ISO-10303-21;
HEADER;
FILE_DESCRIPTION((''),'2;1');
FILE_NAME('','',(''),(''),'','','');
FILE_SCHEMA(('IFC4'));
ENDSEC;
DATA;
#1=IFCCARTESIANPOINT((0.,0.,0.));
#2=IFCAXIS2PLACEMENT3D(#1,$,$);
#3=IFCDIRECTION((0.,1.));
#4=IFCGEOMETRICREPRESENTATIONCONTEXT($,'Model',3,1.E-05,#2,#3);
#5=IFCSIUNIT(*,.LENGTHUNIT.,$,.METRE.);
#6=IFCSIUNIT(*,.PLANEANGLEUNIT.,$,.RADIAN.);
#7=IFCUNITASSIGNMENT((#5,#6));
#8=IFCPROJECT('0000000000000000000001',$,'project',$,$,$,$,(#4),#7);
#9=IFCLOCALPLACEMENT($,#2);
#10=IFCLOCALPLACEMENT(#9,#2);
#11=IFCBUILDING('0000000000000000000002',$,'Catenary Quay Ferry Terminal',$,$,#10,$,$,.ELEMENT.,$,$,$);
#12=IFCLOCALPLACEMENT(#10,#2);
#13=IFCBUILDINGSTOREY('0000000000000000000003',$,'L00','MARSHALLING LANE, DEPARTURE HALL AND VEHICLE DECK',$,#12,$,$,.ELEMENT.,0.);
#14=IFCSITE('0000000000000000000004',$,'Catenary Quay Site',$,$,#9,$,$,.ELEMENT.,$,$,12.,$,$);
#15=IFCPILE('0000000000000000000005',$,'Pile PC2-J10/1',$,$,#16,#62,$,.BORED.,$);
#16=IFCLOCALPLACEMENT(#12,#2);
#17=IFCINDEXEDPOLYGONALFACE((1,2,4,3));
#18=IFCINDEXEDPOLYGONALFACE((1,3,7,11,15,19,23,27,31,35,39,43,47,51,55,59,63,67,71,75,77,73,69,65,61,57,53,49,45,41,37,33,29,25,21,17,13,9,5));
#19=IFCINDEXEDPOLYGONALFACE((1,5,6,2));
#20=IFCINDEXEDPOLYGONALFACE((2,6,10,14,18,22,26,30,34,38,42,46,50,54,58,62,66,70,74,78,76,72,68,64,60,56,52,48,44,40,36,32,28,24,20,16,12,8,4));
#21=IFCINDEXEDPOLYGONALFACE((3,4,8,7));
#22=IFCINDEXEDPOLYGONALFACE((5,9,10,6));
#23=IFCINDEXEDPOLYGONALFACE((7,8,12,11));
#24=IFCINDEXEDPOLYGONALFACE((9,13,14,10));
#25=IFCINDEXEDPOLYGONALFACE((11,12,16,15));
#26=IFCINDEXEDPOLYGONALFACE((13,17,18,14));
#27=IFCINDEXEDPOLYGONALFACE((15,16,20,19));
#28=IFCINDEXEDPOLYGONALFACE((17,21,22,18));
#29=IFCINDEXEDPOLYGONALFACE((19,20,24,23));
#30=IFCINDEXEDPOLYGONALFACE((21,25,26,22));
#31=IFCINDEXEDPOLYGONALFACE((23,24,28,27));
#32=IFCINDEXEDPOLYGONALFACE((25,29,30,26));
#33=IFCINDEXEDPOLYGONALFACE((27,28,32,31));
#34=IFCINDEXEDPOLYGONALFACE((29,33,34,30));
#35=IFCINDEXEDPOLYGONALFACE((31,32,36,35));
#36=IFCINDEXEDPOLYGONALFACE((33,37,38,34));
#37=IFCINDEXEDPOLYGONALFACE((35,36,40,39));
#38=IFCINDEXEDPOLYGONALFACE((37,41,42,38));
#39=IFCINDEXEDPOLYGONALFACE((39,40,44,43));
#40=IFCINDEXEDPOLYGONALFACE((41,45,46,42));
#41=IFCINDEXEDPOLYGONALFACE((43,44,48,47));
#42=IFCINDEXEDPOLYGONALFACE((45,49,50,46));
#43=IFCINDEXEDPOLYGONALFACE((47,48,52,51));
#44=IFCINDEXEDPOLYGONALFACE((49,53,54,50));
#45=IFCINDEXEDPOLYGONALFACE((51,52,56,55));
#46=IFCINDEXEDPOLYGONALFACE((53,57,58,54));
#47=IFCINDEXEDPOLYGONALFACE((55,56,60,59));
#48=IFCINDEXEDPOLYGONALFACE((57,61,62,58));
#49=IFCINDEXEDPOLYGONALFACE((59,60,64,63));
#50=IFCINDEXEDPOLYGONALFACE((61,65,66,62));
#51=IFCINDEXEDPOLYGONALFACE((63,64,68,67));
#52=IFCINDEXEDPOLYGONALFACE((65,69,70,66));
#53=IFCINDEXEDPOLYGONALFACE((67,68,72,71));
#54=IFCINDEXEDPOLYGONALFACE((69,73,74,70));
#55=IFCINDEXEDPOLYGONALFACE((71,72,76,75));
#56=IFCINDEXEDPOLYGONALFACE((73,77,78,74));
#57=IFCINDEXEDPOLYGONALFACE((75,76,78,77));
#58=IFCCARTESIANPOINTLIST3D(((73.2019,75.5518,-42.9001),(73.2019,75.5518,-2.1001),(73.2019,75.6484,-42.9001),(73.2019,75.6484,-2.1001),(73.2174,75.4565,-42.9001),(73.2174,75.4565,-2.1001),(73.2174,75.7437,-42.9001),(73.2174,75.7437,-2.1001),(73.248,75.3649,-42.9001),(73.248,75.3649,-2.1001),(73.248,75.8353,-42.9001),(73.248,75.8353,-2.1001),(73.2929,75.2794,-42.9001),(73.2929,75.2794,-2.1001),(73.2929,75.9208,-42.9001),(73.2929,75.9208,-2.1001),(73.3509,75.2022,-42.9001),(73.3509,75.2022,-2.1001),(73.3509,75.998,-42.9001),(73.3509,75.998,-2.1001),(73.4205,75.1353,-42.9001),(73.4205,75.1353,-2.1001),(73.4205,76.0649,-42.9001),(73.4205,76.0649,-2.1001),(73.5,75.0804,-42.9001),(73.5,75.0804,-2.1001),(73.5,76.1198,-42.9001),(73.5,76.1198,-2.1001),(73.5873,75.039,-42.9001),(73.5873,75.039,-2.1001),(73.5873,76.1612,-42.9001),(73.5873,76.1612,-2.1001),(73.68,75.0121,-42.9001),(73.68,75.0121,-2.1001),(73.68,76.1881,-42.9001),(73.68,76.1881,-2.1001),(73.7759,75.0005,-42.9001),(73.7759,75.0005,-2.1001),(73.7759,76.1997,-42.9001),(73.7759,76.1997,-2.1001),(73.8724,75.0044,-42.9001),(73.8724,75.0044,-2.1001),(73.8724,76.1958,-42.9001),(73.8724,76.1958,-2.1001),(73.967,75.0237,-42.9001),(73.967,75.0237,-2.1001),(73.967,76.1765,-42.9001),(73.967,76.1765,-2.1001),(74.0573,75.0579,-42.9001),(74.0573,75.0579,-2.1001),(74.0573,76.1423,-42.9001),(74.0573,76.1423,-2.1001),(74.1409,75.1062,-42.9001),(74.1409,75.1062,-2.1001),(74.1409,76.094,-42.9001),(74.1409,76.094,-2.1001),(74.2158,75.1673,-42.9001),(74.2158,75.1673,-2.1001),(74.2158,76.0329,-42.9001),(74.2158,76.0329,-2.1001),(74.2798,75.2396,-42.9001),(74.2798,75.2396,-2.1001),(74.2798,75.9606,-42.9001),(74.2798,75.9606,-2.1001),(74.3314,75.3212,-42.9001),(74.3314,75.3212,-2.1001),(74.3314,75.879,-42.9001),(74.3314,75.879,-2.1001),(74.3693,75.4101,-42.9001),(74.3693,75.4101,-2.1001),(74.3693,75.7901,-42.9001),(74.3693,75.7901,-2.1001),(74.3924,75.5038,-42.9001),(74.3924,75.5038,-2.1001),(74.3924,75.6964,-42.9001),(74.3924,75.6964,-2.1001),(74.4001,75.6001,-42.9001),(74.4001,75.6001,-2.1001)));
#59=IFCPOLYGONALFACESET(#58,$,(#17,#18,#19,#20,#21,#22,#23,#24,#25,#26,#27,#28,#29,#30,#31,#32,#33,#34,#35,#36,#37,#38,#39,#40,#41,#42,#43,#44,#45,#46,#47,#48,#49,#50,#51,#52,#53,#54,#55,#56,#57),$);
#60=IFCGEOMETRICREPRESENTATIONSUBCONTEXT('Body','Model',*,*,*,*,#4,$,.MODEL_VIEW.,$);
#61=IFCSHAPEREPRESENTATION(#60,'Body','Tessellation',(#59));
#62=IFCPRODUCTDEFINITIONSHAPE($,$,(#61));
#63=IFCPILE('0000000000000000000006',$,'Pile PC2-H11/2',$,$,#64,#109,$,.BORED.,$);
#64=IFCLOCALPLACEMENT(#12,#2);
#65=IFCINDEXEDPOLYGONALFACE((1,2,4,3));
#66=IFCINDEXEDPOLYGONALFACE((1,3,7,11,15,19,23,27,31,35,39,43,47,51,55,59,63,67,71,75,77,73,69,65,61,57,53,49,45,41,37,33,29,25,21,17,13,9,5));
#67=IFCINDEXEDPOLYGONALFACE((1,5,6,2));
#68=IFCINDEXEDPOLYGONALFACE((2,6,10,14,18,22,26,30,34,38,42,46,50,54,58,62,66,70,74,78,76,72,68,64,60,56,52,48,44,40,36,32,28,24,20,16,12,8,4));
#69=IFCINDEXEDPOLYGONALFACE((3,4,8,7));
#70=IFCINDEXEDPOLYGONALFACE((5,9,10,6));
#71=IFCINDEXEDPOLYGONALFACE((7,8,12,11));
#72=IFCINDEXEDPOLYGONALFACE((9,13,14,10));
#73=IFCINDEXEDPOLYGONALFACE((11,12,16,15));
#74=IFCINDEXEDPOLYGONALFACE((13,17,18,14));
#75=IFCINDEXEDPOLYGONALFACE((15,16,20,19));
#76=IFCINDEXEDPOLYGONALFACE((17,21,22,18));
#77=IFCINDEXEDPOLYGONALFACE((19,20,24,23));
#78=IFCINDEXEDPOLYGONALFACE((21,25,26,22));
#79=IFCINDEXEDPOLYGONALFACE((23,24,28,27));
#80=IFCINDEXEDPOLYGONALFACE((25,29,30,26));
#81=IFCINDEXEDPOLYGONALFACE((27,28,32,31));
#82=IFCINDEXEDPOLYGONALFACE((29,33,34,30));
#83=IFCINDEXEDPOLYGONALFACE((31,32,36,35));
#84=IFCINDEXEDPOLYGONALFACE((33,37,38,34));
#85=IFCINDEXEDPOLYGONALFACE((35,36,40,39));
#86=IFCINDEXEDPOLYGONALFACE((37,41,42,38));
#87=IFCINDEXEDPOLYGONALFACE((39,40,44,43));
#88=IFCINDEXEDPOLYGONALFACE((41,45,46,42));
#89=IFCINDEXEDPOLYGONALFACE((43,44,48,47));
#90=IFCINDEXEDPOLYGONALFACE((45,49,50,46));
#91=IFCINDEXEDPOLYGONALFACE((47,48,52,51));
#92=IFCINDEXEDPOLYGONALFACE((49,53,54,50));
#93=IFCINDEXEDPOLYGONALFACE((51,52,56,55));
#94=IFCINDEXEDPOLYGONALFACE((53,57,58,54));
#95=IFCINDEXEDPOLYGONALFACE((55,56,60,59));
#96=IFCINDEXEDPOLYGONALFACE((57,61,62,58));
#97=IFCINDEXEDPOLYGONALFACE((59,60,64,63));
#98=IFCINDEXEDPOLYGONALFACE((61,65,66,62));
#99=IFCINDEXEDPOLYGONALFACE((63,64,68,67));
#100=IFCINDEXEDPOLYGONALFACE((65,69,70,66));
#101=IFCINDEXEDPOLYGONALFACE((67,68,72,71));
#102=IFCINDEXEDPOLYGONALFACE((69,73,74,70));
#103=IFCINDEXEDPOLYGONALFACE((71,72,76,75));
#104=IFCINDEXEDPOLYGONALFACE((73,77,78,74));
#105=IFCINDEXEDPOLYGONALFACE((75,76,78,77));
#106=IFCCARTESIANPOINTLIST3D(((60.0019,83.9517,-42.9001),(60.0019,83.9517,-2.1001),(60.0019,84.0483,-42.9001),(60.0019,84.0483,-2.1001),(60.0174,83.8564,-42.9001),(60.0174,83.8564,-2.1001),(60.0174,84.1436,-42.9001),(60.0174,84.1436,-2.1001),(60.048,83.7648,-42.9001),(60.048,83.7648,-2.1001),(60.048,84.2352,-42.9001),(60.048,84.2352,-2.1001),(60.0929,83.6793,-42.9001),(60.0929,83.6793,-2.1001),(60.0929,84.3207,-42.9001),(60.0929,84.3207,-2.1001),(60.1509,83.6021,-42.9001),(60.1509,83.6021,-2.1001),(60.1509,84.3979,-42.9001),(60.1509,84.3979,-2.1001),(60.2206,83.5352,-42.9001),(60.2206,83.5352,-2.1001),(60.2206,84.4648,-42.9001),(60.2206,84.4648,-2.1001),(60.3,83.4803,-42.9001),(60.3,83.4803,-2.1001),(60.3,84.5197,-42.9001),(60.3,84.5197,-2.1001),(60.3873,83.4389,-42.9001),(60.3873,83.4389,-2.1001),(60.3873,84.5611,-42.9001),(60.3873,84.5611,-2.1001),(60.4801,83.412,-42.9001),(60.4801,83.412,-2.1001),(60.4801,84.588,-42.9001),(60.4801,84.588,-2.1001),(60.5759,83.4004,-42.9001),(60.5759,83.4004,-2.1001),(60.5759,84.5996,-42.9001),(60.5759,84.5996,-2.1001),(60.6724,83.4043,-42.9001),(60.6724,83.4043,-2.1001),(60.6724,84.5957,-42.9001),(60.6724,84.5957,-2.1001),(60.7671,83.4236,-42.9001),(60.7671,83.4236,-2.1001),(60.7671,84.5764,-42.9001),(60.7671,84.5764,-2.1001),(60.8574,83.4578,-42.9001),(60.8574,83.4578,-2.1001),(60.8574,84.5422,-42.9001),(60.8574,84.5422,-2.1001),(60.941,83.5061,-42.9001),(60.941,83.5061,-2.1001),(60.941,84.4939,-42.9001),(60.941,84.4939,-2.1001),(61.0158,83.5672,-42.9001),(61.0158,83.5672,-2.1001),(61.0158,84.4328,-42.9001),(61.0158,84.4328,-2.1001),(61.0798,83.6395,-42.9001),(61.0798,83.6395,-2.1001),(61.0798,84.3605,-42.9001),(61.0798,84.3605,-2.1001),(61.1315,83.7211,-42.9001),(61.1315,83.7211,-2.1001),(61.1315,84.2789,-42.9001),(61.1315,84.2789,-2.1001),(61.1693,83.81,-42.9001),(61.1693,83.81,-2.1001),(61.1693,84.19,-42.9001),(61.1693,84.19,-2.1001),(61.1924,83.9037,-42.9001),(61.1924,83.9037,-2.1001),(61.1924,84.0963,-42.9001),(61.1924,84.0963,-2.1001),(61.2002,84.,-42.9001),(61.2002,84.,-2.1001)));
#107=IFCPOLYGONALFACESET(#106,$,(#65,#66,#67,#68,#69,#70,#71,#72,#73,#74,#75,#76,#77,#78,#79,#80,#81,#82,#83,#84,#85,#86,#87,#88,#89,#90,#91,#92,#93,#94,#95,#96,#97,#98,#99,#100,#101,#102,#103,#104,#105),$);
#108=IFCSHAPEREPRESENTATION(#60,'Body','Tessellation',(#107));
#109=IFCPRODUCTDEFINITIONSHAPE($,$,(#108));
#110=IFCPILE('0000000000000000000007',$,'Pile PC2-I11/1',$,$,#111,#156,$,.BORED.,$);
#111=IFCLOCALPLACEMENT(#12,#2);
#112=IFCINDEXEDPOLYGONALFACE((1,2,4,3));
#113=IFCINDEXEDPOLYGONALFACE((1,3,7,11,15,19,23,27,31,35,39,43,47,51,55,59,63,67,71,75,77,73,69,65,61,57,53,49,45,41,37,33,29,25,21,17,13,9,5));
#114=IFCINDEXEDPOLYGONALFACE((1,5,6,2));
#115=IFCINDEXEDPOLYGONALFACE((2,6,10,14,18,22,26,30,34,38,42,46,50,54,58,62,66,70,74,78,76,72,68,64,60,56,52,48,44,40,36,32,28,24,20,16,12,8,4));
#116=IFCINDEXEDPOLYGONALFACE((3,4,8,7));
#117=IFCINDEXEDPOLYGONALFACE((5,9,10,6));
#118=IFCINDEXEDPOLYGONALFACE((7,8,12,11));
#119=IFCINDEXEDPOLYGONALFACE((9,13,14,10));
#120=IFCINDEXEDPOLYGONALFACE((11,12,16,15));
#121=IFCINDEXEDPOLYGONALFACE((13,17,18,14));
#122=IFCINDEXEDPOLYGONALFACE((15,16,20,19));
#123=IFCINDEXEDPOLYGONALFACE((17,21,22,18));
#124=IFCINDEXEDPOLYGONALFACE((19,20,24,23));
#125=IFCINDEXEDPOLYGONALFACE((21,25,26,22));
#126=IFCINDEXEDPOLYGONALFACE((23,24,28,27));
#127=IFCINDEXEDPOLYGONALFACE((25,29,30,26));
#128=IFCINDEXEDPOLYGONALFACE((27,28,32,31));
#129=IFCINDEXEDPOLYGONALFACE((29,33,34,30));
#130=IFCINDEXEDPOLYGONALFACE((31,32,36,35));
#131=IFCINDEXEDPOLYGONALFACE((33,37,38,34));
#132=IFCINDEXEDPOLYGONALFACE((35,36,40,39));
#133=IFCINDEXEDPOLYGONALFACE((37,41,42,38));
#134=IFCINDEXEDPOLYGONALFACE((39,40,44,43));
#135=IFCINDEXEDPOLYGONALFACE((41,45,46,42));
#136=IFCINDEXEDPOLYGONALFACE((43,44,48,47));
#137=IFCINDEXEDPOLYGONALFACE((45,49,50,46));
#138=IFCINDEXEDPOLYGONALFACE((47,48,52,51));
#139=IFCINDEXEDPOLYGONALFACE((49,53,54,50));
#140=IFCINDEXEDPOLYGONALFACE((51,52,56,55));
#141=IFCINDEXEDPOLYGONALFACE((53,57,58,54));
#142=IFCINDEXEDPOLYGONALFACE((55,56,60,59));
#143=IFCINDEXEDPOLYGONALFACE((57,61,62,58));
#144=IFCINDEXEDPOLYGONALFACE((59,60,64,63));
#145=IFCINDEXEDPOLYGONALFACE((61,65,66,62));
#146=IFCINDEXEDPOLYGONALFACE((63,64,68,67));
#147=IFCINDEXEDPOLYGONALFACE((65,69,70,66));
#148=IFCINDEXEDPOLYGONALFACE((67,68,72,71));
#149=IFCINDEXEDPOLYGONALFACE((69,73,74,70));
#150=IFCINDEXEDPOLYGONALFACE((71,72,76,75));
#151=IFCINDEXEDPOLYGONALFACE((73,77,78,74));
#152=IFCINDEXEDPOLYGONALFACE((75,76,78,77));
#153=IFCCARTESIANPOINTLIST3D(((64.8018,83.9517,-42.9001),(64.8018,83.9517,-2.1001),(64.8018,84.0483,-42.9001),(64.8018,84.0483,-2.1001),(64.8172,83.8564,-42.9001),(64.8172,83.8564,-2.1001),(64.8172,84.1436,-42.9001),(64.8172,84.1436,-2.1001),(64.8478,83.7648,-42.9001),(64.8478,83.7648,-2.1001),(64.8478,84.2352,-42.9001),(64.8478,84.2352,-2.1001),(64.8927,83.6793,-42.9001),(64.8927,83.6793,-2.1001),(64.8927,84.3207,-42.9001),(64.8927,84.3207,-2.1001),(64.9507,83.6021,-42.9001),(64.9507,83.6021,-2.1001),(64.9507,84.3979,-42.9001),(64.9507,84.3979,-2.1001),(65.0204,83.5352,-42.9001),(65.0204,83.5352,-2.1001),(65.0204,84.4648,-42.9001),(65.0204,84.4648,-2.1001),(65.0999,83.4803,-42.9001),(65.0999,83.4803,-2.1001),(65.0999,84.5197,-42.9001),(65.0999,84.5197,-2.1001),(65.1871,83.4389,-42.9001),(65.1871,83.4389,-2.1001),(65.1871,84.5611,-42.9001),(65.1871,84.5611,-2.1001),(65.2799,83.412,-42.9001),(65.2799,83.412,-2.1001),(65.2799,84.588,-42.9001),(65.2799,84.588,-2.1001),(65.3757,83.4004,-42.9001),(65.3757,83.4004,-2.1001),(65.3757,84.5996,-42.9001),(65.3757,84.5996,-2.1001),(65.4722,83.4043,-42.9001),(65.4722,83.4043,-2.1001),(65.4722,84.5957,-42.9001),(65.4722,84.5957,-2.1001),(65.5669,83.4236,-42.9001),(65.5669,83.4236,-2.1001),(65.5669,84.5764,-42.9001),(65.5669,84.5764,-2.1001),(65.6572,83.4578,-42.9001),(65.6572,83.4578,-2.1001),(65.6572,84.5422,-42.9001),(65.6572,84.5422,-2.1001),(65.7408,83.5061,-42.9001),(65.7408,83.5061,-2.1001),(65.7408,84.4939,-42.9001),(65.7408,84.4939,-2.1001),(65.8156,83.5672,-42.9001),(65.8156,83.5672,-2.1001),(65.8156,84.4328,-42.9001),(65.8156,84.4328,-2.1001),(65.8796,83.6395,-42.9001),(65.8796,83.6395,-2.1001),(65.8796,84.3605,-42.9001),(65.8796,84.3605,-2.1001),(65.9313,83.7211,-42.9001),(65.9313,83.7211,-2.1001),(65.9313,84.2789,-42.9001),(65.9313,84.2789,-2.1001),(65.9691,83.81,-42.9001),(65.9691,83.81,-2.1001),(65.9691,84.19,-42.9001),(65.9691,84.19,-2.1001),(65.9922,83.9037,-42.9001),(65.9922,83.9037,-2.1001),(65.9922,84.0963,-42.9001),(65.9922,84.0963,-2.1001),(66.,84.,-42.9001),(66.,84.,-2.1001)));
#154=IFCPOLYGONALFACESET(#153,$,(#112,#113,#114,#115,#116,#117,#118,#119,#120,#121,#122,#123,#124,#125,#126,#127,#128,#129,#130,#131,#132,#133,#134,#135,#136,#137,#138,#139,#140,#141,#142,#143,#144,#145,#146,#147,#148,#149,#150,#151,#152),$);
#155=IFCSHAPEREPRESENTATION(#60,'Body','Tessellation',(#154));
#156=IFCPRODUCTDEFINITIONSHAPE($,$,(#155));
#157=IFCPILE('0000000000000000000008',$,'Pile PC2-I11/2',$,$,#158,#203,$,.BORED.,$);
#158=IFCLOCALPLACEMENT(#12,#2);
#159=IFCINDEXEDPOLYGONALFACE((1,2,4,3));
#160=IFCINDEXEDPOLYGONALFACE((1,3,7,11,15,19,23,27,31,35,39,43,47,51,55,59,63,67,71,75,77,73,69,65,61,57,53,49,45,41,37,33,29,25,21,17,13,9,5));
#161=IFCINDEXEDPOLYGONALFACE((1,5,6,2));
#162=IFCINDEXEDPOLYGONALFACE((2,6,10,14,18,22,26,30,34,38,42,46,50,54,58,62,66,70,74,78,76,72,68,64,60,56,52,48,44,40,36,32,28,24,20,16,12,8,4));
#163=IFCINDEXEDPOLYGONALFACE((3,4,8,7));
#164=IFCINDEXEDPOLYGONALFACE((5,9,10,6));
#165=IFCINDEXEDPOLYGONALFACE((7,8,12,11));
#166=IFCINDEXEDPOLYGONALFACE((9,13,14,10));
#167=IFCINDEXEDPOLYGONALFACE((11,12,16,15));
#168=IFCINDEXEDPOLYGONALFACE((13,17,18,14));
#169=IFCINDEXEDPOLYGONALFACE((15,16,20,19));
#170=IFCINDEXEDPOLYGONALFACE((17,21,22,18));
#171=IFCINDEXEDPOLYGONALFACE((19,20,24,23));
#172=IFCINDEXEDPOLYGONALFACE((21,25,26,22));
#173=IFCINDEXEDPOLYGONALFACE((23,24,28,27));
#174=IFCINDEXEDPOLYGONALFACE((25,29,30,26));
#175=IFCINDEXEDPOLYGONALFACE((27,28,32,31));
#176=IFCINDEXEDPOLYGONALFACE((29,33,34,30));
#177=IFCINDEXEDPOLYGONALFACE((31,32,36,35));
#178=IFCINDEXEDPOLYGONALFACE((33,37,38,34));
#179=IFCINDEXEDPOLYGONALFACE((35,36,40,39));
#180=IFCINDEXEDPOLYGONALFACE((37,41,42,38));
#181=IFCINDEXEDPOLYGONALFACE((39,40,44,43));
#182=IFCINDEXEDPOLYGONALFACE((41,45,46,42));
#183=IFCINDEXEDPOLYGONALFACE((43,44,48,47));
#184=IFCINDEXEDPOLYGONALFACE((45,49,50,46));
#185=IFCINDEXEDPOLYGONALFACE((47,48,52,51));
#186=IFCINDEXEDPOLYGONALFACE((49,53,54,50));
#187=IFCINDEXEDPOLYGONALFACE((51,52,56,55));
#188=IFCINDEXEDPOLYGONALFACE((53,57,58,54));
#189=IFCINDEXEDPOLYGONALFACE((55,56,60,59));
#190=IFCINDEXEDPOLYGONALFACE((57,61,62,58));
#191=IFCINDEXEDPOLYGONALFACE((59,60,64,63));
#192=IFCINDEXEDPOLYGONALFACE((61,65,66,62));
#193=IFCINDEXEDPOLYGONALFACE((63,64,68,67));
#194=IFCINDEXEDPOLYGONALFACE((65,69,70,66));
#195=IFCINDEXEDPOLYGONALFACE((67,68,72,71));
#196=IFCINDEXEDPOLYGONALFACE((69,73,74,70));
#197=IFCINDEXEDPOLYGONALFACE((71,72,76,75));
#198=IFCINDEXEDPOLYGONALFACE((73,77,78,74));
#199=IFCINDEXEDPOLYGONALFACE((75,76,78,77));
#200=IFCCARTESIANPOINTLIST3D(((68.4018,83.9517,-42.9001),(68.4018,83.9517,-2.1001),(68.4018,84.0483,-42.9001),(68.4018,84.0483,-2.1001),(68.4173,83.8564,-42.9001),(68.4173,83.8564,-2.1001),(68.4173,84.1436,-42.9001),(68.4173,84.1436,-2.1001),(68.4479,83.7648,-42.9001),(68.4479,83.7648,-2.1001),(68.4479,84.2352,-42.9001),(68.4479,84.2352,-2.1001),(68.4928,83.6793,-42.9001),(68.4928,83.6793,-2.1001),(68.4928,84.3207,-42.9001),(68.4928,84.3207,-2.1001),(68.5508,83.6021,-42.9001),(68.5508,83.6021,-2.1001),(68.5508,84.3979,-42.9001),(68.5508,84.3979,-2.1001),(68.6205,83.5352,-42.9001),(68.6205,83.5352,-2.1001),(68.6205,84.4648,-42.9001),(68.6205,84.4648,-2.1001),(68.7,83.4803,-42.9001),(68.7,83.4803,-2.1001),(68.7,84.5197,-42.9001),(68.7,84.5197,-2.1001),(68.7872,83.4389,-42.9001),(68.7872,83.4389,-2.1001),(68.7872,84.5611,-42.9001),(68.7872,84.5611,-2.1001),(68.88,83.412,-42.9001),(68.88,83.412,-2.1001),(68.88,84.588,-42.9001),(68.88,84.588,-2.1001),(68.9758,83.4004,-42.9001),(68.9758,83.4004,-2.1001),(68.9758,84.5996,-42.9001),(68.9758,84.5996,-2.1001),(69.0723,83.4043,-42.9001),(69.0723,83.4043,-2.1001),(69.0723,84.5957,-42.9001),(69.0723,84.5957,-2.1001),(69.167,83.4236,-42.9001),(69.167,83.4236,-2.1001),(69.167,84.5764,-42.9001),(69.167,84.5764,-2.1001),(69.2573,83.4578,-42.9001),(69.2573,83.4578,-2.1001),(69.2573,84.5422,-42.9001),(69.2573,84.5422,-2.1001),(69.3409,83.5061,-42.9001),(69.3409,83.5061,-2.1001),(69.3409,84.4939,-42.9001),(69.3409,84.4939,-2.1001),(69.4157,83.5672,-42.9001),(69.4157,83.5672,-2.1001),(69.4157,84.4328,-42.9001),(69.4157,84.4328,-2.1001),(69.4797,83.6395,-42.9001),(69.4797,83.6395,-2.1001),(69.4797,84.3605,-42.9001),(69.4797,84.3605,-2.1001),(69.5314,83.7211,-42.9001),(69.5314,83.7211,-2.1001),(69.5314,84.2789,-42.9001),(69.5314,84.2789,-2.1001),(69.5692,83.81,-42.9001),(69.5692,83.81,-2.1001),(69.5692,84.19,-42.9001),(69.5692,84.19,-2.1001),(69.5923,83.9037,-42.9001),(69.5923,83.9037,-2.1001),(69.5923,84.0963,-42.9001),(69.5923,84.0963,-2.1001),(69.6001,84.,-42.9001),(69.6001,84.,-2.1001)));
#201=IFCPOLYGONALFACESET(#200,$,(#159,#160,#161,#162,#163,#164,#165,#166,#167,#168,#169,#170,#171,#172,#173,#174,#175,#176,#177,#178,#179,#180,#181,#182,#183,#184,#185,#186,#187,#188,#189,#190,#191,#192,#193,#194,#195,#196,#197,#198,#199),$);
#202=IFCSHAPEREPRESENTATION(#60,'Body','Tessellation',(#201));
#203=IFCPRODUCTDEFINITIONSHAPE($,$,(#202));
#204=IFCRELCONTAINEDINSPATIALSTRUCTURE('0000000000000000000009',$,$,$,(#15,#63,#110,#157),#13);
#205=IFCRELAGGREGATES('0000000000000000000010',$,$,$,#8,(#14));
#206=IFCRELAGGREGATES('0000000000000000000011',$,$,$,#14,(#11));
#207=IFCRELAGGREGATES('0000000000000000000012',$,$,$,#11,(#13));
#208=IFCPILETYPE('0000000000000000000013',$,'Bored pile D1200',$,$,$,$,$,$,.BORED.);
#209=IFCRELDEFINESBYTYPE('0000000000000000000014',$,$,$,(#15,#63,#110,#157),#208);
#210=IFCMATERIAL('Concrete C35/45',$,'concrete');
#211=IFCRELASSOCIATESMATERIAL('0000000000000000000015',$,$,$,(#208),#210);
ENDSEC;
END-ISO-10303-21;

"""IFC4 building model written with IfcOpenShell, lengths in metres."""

from ifc_helpers import new_model, si_unit, direction, frame, origin, origin_2d, place, context, subcontext, project, spatial, circle, extrude, material, material_profile, profile_set, type_object, element, save


model = new_model("IFC4")

# Units and contexts
model_context = context("Model", 3, precision=1e-05, world=origin(), true_north=direction((0.0, 1.0)))
body_context = subcontext(model_context, "Body", "Model", "MODEL_VIEW")
ifc_project = project(units=[si_unit("LENGTHUNIT", "METRE"), si_unit("PLANEANGLEUNIT", "RADIAN")], contexts=[model_context])

# Site, building, storey
site_placement = place(None, origin())
site = spatial("IfcSite", under=ifc_project, at=site_placement, Name="Catenary Quay Site", CompositionType="ELEMENT", RefElevation=12.0)
building_placement = place(site_placement, origin())
building = spatial("IfcBuilding", under=site, at=building_placement, Name="Catenary Quay Ferry Terminal", CompositionType="ELEMENT")
storey_placement = place(building_placement, origin())
storey = spatial("IfcBuildingStorey", under=building, at=storey_placement, Name="L00", Description="MARSHALLING LANE, DEPARTURE HALL AND VEHICLE DECK", CompositionType="ELEMENT", Elevation=0.0)

# Piles
ifc_material_1 = material(Name="Concrete C35/45", Category="concrete")
ifc_material_profile_1 = material_profile(ifc_material_1, circle(Radius=0.6001, at=origin_2d()), Name="D1200")
ifc_profile_set_1 = profile_set([ifc_material_profile_1], Name="Concrete C35/45")
pile_type = type_object("IfcPileType", Name="Bored pile D1200", PredefinedType="BORED", material=ifc_profile_set_1)
for number, where, z_axis, x_axis, name in (
    (1, (73.8, 75.6001, -2.1001), (0.0, 0.0, -1.0), (1.0, 0.0, 0.0), "Pile PC2-J10/1"),
    (2, (60.6001, 84.0, -2.1001), (0.0, 0.0, -1.0), (1.0, 0.0, 0.0), "Pile PC2-H11/2"),
    (3, (65.3999, 84.0, -2.1001), (0.0, 0.0, -1.0), (1.0, 0.0, 0.0), "Pile PC2-I11/1"),
    (4, (69.0, 84.0, -2.1001), (0.0, 0.0, -1.0), (1.0, 0.0, 0.0), "Pile PC2-I11/2"),
):
    element("IfcPile", number, at=place(storey_placement, frame(where, z_axis=z_axis, x_axis=x_axis)), inside=storey, type_object=pile_type, Name=name, PredefinedType="BORED", context=body_context, shape_type="SweptSolid", body=[
        extrude(circle(Radius=0.6001, at=origin_2d()), origin(), (0.0, 0.0, 1.0), 40.8),
    ])

save(model, "model.ifc")
